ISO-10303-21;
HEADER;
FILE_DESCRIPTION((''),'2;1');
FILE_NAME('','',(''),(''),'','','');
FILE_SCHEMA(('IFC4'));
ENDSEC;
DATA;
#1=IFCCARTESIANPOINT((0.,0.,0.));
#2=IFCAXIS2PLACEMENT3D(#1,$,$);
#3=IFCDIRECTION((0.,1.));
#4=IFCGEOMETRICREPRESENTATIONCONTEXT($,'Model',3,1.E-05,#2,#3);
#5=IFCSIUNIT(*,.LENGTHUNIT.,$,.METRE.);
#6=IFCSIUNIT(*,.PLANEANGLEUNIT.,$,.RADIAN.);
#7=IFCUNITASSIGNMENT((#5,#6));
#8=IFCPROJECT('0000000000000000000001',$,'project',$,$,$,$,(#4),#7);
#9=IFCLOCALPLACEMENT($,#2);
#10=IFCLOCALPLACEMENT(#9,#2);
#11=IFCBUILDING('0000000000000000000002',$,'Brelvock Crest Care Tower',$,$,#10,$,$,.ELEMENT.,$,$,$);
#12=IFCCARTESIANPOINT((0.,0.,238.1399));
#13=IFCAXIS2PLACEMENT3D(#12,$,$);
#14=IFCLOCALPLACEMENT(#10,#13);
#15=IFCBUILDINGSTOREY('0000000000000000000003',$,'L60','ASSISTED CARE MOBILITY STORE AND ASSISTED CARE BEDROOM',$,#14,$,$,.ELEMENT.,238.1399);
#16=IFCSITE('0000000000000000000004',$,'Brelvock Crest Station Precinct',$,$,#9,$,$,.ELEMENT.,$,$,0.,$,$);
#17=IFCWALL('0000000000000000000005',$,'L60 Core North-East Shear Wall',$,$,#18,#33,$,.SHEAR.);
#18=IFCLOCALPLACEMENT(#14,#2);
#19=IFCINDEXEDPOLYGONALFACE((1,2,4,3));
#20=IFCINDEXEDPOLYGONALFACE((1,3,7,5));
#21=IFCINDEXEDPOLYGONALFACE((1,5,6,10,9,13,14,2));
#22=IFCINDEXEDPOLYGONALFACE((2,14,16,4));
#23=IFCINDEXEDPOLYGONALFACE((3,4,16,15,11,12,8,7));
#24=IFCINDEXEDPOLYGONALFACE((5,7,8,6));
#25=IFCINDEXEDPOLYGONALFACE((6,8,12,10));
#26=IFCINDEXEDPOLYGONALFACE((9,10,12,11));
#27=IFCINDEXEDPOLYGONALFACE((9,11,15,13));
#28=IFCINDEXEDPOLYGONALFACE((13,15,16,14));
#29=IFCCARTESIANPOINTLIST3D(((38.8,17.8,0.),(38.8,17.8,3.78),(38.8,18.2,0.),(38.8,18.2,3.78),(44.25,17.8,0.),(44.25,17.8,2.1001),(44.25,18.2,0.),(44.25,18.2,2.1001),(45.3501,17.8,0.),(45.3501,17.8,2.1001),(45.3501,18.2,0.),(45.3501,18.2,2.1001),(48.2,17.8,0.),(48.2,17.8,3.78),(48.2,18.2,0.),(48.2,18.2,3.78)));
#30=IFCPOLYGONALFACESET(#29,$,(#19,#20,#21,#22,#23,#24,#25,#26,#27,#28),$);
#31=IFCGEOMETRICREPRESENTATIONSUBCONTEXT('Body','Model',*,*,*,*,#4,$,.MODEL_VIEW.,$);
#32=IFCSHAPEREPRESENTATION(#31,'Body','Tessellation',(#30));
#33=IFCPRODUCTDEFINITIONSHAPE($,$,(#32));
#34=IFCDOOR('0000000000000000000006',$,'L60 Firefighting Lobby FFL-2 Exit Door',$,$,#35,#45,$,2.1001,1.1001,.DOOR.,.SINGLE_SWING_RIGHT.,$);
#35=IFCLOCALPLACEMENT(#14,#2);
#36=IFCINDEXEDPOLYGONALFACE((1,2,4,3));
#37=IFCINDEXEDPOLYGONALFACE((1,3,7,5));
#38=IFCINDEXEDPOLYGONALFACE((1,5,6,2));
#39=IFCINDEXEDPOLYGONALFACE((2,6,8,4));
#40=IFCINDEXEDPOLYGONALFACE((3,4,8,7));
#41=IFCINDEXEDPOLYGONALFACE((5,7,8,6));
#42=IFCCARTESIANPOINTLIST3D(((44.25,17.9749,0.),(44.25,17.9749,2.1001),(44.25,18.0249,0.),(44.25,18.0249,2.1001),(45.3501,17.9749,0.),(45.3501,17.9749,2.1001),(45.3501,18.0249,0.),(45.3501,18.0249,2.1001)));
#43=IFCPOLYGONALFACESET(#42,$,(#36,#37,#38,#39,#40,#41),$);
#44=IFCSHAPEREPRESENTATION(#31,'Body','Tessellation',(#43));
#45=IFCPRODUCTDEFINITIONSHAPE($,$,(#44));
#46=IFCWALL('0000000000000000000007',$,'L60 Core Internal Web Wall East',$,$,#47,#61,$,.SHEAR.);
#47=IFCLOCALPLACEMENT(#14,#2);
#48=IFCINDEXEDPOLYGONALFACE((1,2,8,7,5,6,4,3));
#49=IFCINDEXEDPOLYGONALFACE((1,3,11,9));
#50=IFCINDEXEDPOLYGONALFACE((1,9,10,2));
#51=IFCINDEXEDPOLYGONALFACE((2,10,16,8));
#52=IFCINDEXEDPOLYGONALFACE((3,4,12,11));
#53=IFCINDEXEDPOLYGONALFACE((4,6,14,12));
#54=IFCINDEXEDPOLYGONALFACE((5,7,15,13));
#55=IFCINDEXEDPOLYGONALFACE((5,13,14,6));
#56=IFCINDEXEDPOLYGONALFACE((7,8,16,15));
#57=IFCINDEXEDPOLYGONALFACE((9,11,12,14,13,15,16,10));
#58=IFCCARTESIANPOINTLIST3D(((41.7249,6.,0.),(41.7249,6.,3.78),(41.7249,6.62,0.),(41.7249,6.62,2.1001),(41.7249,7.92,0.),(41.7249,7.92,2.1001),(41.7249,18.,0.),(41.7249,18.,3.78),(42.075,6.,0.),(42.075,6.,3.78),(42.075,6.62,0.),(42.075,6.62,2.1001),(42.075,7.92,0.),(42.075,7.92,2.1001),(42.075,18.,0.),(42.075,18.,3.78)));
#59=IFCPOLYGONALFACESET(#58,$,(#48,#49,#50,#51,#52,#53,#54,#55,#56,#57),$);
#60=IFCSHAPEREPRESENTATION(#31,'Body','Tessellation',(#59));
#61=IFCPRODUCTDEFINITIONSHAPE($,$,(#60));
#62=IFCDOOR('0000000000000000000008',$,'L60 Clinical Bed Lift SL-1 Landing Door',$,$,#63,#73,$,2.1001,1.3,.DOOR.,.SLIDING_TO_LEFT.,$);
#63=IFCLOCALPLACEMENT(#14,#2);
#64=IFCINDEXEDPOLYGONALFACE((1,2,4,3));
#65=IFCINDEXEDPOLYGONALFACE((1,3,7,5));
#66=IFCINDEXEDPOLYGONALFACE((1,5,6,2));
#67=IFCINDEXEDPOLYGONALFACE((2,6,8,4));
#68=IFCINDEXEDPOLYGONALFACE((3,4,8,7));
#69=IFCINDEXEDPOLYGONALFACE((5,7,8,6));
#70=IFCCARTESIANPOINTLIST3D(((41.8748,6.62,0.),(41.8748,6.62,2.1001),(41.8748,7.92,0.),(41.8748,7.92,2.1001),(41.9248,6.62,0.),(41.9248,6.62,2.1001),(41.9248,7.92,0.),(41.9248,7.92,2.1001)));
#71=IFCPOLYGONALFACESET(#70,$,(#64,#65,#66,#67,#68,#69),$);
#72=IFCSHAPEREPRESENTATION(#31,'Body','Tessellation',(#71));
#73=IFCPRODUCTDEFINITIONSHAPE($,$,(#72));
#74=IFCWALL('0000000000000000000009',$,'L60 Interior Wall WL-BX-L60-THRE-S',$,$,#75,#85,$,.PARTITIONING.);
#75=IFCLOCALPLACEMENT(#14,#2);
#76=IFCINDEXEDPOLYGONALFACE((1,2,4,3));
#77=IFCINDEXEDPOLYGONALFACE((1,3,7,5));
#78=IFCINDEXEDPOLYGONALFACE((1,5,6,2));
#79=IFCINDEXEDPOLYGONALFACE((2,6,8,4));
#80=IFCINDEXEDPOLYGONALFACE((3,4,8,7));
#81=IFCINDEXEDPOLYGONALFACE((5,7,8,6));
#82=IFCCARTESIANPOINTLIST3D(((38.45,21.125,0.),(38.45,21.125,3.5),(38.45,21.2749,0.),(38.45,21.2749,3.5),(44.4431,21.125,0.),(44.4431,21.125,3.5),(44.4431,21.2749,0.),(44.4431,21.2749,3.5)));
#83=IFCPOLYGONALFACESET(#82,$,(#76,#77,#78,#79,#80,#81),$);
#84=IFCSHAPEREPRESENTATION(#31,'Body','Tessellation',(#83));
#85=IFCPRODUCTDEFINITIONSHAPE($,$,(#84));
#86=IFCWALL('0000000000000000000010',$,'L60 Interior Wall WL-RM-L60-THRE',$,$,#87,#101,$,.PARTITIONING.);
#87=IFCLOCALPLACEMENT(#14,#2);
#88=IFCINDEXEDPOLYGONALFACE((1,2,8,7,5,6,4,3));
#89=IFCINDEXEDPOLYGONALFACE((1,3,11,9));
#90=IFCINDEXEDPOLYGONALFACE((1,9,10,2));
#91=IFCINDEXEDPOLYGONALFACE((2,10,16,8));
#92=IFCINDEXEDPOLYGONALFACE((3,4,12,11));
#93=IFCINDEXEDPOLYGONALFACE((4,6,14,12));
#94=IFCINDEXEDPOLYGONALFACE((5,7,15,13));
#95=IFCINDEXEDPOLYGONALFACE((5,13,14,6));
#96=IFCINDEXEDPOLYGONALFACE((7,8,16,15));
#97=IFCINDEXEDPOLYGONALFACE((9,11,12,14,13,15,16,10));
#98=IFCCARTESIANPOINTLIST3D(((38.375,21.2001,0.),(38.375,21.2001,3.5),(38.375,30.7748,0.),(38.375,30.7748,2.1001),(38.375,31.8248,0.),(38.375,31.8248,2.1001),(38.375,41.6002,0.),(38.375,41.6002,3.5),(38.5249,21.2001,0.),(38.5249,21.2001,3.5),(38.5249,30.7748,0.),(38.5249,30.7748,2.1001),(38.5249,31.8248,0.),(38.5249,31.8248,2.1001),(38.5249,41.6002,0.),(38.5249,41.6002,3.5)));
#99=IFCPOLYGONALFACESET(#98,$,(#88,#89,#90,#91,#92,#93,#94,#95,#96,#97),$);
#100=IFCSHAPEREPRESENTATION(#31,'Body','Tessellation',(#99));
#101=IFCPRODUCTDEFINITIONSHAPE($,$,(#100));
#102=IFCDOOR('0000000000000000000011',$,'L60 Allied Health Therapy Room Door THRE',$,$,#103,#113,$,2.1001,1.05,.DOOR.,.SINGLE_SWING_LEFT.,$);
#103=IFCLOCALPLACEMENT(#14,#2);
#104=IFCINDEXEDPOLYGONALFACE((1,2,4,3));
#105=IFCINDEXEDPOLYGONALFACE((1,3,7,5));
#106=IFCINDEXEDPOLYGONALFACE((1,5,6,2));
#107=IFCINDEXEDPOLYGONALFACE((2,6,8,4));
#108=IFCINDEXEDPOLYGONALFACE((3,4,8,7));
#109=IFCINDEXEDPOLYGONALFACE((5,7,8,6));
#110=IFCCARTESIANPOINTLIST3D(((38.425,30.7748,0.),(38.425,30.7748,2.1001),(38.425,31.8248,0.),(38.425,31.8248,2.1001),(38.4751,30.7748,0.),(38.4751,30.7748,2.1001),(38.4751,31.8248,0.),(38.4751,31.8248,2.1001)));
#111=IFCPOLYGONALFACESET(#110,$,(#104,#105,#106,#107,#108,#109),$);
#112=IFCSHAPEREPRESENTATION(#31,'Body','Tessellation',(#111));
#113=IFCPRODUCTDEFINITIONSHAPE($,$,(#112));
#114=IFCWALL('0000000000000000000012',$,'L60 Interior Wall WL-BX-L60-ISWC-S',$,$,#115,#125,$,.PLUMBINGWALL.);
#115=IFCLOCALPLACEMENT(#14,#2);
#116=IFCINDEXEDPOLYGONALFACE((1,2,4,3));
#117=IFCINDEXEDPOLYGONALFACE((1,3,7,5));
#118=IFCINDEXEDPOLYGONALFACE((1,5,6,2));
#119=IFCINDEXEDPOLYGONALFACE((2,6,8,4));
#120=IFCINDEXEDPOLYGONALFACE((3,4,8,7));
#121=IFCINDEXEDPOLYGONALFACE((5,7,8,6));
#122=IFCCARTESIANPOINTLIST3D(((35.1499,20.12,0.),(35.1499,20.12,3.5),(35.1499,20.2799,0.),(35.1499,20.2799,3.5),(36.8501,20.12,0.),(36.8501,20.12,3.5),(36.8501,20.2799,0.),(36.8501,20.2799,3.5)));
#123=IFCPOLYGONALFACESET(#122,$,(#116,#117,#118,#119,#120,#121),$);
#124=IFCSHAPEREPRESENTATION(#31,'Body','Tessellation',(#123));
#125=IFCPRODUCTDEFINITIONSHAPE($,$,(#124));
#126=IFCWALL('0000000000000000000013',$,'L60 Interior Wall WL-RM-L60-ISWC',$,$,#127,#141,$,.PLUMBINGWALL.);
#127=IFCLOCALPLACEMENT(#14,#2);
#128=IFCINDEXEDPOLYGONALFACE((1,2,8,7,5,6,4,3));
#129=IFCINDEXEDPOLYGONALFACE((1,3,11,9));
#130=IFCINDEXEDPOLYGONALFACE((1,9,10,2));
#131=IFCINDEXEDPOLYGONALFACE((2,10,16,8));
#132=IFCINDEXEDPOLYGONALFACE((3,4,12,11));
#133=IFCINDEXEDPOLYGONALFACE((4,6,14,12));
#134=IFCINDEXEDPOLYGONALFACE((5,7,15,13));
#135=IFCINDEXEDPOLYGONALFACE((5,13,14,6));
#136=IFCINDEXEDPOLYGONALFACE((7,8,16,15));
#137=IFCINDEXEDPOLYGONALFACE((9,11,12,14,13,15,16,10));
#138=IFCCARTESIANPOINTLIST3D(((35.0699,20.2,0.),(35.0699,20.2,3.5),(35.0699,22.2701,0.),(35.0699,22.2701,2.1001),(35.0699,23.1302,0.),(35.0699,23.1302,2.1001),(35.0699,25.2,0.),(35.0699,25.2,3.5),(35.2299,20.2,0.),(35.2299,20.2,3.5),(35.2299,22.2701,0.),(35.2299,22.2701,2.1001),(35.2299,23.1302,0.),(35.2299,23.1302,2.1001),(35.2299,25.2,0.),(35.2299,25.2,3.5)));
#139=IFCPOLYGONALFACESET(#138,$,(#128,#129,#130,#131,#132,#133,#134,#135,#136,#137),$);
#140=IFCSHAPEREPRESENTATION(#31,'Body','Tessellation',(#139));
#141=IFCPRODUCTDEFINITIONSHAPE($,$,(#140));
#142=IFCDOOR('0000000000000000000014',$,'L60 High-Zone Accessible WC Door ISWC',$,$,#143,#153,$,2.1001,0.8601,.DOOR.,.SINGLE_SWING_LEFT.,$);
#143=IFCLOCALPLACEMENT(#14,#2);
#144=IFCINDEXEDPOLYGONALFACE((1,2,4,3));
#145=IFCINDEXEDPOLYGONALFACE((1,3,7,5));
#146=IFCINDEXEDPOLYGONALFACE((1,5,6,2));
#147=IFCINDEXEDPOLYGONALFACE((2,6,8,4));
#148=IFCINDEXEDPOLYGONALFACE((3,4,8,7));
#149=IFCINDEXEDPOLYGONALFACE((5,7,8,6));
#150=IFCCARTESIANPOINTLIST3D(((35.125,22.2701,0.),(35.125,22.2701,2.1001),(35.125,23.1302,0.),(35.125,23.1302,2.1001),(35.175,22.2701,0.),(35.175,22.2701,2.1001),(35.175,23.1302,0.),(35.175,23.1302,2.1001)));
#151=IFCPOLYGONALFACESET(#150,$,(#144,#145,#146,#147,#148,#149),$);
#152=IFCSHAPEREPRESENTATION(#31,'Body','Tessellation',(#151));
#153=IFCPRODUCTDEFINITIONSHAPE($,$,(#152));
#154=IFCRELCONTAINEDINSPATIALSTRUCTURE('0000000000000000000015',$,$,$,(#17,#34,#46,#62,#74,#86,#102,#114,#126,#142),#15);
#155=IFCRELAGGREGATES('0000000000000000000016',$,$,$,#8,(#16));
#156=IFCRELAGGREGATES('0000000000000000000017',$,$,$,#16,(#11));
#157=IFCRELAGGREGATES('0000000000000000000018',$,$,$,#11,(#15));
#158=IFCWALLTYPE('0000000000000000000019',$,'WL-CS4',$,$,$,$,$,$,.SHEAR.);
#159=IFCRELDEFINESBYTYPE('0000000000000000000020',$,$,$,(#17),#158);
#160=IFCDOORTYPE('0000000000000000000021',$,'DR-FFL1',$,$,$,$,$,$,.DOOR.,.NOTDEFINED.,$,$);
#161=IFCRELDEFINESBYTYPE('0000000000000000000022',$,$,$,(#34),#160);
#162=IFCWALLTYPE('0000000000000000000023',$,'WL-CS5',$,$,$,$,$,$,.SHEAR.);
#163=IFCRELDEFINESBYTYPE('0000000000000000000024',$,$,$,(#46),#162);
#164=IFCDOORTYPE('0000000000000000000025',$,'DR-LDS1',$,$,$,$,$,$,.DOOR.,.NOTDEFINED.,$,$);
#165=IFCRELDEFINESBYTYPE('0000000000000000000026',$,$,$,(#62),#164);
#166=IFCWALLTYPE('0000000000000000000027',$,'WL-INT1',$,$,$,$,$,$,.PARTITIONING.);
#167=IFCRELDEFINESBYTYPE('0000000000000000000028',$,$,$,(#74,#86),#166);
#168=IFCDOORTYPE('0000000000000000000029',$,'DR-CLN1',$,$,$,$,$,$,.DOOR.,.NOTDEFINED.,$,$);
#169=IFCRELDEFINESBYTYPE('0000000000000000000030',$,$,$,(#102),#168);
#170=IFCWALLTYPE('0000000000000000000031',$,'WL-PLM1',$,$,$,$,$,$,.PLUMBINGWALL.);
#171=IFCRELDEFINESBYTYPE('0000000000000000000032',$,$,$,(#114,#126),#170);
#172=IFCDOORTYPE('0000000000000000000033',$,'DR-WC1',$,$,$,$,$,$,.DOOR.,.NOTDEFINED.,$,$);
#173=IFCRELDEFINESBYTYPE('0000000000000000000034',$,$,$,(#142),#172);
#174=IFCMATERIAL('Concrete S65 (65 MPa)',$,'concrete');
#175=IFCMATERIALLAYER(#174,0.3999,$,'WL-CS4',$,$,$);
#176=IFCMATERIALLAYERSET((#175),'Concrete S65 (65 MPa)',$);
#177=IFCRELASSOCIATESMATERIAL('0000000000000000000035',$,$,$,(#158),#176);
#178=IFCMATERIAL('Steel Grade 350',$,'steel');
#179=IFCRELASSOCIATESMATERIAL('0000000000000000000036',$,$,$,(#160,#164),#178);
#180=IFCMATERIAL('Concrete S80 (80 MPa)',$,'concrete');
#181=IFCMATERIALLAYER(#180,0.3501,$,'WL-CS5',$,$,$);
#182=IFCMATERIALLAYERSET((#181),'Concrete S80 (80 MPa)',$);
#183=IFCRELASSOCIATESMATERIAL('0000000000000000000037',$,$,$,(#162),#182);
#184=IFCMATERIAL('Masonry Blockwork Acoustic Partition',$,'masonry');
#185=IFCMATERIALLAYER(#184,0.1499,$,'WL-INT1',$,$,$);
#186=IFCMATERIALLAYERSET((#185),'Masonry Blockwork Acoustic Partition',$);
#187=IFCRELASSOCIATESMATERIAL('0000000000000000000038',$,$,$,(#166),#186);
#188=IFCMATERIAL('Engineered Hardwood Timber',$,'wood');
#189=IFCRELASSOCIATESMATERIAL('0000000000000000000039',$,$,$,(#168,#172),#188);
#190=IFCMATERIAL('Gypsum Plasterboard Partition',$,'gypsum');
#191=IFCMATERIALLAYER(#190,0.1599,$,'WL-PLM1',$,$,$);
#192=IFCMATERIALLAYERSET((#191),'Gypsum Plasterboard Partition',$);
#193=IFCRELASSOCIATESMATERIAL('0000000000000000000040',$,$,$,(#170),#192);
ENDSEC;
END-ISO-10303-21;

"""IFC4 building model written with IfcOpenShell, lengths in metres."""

from ifc_helpers import new_model, si_unit, direction, frame, frame_2d, origin, origin_2d, place, context, subcontext, project, spatial, rectangle, extrude, source, transform, mapped, material, layer, layer_set, type_object, element, fill, save


model = new_model("IFC4")

# Units and contexts
model_context = context("Model", 3, precision=1e-05, world=origin(), true_north=direction((0.0, 1.0)))
body_context = subcontext(model_context, "Body", "Model", "MODEL_VIEW")
ifc_project = project(units=[si_unit("LENGTHUNIT", "METRE"), si_unit("PLANEANGLEUNIT", "RADIAN")], contexts=[model_context])

# Site, building, storey
site_placement = place(None, origin())
site = spatial("IfcSite", under=ifc_project, at=site_placement, Name="Brelvock Crest Station Precinct", CompositionType="ELEMENT", RefElevation=0.0)
building_placement = place(site_placement, origin())
building = spatial("IfcBuilding", under=site, at=building_placement, Name="Brelvock Crest Care Tower", CompositionType="ELEMENT")
storey_placement = place(building_placement, frame((0.0, 0.0, 238.1399)))
storey = spatial("IfcBuildingStorey", under=building, at=storey_placement, Name="L60", Description="ASSISTED CARE MOBILITY STORE AND ASSISTED CARE BEDROOM", CompositionType="ELEMENT", Elevation=238.1399)

# Shared definitions
ifc_material_1 = material(Name="Concrete S65 (65 MPa)", Category="concrete")

# Shared definitions
ifc_material_2 = material(Name="Steel Grade 350", Category="steel")

# Walls, openings, doors
ifc_layer_1 = layer(ifc_material_1, 0.3999, Name="WL-CS4")
ifc_layer_set_1 = layer_set([ifc_layer_1], Name="Concrete S65 (65 MPa)")
wall_type_1 = type_object("IfcWallType", Name="WL-CS4", PredefinedType="SHEAR", material=ifc_layer_set_1)
wall_1_placement = place(storey_placement, frame((38.8, 18.0, 0.0), z_axis=(0.0, 0.0, 1.0), x_axis=(1.0, 0.0, 0.0)))
wall_1 = element("IfcWall", 1, at=wall_1_placement, inside=storey, type_object=wall_type_1, Name="L60 Core North-East Shear Wall", PredefinedType="SHEAR", context=body_context, shape_type="SweptSolid", body=[
    extrude(rectangle(XDim=9.3999, YDim=0.3999, at=frame_2d((4.7, 0.0))), origin(), (0.0, 0.0, 1.0), 3.78),
])
opening_1_placement = place(wall_1_placement, frame((5.45, 0.0, 0.0)))
opening_1 = element("IfcOpeningElement", 2, at=opening_1_placement, cuts=wall_1, PredefinedType="OPENING", context=body_context, shape_type="SweptSolid", body=[
    extrude(rectangle(XDim=1.1001, YDim=2.1001, at=origin_2d()), frame((0.55, 0.21, 1.05), z_axis=(0.0, -1.0, 0.0), x_axis=(1.0, 0.0, 0.0)), (0.0, 0.0, 1.0), 0.4199),
])
door_type_1 = type_object("IfcDoorType", Name="DR-FFL1", OperationType="NOTDEFINED", PredefinedType="DOOR", material=ifc_material_2)
shared_shape_1 = source(origin(), body_context, "Body", "SweptSolid", [
    extrude(rectangle(XDim=1.1001, YDim=2.1001, at=origin_2d()), frame((0.55, 0.0249, 1.05), z_axis=(0.0, -1.0, 0.0), x_axis=(1.0, 0.0, 0.0)), (0.0, 0.0, 1.0), 0.05),
])
door_1_placement = place(opening_1_placement, origin())
door_1 = element("IfcDoor", 3, at=door_1_placement, inside=storey, type_object=door_type_1, Name="L60 Firefighting Lobby FFL-2 Exit Door", OperationType="SINGLE_SWING_RIGHT", OverallHeight=2.1001, OverallWidth=1.1001, PredefinedType="DOOR", context=body_context, shape_type="MappedRepresentation", body=[
    mapped(shared_shape_1, transform((0.0, 0.0, 0.0), x_axis=(1.0, 0.0, 0.0), y_axis=(0.0, 1.0, 0.0), z_axis=(0.0, 0.0, 1.0), scale=1.0)),
])
fill(opening_1, door_1)
ifc_material_3 = material(Name="Concrete S80 (80 MPa)", Category="concrete")
ifc_layer_2 = layer(ifc_material_3, 0.3501, Name="WL-CS5")
ifc_layer_set_2 = layer_set([ifc_layer_2], Name="Concrete S80 (80 MPa)")
wall_type_2 = type_object("IfcWallType", Name="WL-CS5", PredefinedType="SHEAR", material=ifc_layer_set_2)
wall_2_placement = place(storey_placement, frame((41.8999, 18.0, 0.0), z_axis=(0.0, 0.0, 1.0), x_axis=(0.0, -1.0, 0.0)))
wall_2 = element("IfcWall", 4, at=wall_2_placement, inside=storey, type_object=wall_type_2, Name="L60 Core Internal Web Wall East", PredefinedType="SHEAR", context=body_context, shape_type="SweptSolid", body=[
    extrude(rectangle(XDim=12.0, YDim=0.3501, at=frame_2d((6.0, 0.0))), origin(), (0.0, 0.0, 1.0), 3.78),
])
opening_2_placement = place(wall_2_placement, frame((10.0801, 0.0, 0.0)))
opening_2 = element("IfcOpeningElement", 5, at=opening_2_placement, cuts=wall_2, PredefinedType="OPENING", context=body_context, shape_type="SweptSolid", body=[
    extrude(rectangle(XDim=1.3, YDim=2.1001, at=origin_2d()), frame((0.6499, 0.1851, 1.05), z_axis=(0.0, -1.0, 0.0), x_axis=(1.0, 0.0, 0.0)), (0.0, 0.0, 1.0), 0.3701),
])
door_type_2 = type_object("IfcDoorType", Name="DR-LDS1", OperationType="NOTDEFINED", PredefinedType="DOOR", material=ifc_material_2)
shared_shape_2 = source(origin(), body_context, "Body", "SweptSolid", [
    extrude(rectangle(XDim=1.3, YDim=2.1001, at=origin_2d()), frame((0.6499, 0.0249, 1.05), z_axis=(0.0, -1.0, 0.0), x_axis=(1.0, 0.0, 0.0)), (0.0, 0.0, 1.0), 0.05),
])
door_2_placement = place(opening_2_placement, origin())
door_2 = element("IfcDoor", 6, at=door_2_placement, inside=storey, type_object=door_type_2, Name="L60 Clinical Bed Lift SL-1 Landing Door", OperationType="SLIDING_TO_LEFT", OverallHeight=2.1001, OverallWidth=1.3, PredefinedType="DOOR", context=body_context, shape_type="MappedRepresentation", body=[
    mapped(shared_shape_2, transform((0.0, 0.0, 0.0), x_axis=(1.0, 0.0, 0.0), y_axis=(0.0, 1.0, 0.0), z_axis=(0.0, 0.0, 1.0), scale=1.0)),
])
fill(opening_2, door_2)

# Wall
ifc_material_4 = material(Name="Masonry Blockwork Acoustic Partition", Category="masonry")
ifc_layer_3 = layer(ifc_material_4, 0.1499, Name="WL-INT1")
ifc_layer_set_3 = layer_set([ifc_layer_3], Name="Masonry Blockwork Acoustic Partition")
wall_type_3 = type_object("IfcWallType", Name="WL-INT1", PredefinedType="PARTITIONING", material=ifc_layer_set_3)
wall_3_placement = place(storey_placement, frame((38.45, 21.2, 0.0), z_axis=(0.0, 0.0, 1.0), x_axis=(1.0, 0.0, 0.0)))
element("IfcWall", 7, at=wall_3_placement, inside=storey, type_object=wall_type_3, Name="L60 Interior Wall WL-BX-L60-THRE-S", PredefinedType="PARTITIONING", context=body_context, shape_type="SweptSolid", body=[
    extrude(rectangle(XDim=5.9932, YDim=0.1499, at=frame_2d((2.9966, 0.0))), origin(), (0.0, 0.0, 1.0), 3.5),
])

# Wall, opening, door
wall_4_placement = place(storey_placement, frame((38.45, 21.2, 0.0), z_axis=(0.0, 0.0, 1.0), x_axis=(0.0, 1.0, 0.0)))
wall_4 = element("IfcWall", 8, at=wall_4_placement, inside=storey, type_object=wall_type_3, Name="L60 Interior Wall WL-RM-L60-THRE", PredefinedType="PARTITIONING", context=body_context, shape_type="SweptSolid", body=[
    extrude(rectangle(XDim=20.4001, YDim=0.1499, at=frame_2d((10.2002, 0.0))), origin(), (0.0, 0.0, 1.0), 3.5),
])
opening_3_placement = place(wall_4_placement, frame((9.575, 0.0, 0.0)))
opening_3 = element("IfcOpeningElement", 9, at=opening_3_placement, cuts=wall_4, PredefinedType="OPENING", context=body_context, shape_type="SweptSolid", body=[
    extrude(rectangle(XDim=1.05, YDim=2.1001, at=origin_2d()), frame((0.5249, 0.085, 1.05), z_axis=(0.0, -1.0, 0.0), x_axis=(1.0, 0.0, 0.0)), (0.0, 0.0, 1.0), 0.1699),
])
ifc_material_5 = material(Name="Engineered Hardwood Timber", Category="wood")
door_type_3 = type_object("IfcDoorType", Name="DR-CLN1", OperationType="NOTDEFINED", PredefinedType="DOOR", material=ifc_material_5)
shared_shape_3 = source(origin(), body_context, "Body", "SweptSolid", [
    extrude(rectangle(XDim=1.05, YDim=2.1001, at=origin_2d()), frame((0.5249, 0.0249, 1.05), z_axis=(0.0, -1.0, 0.0), x_axis=(1.0, 0.0, 0.0)), (0.0, 0.0, 1.0), 0.05),
])
door_3_placement = place(opening_3_placement, origin())
door_3 = element("IfcDoor", 10, at=door_3_placement, inside=storey, type_object=door_type_3, Name="L60 Allied Health Therapy Room Door THRE", OperationType="SINGLE_SWING_LEFT", OverallHeight=2.1001, OverallWidth=1.05, PredefinedType="DOOR", context=body_context, shape_type="MappedRepresentation", body=[
    mapped(shared_shape_3, transform((0.0, 0.0, 0.0), x_axis=(1.0, 0.0, 0.0), y_axis=(0.0, 1.0, 0.0), z_axis=(0.0, 0.0, 1.0), scale=1.0)),
])
fill(opening_3, door_3)

# Wall
ifc_material_6 = material(Name="Gypsum Plasterboard Partition", Category="gypsum")
ifc_layer_4 = layer(ifc_material_6, 0.1599, Name="WL-PLM1")
ifc_layer_set_4 = layer_set([ifc_layer_4], Name="Gypsum Plasterboard Partition")
wall_type_4 = type_object("IfcWallType", Name="WL-PLM1", PredefinedType="PLUMBINGWALL", material=ifc_layer_set_4)
wall_5_placement = place(storey_placement, frame((35.1499, 20.2, 0.0), z_axis=(0.0, 0.0, 1.0), x_axis=(1.0, 0.0, 0.0)))
element("IfcWall", 11, at=wall_5_placement, inside=storey, type_object=wall_type_4, Name="L60 Interior Wall WL-BX-L60-ISWC-S", PredefinedType="PLUMBINGWALL", context=body_context, shape_type="SweptSolid", body=[
    extrude(rectangle(XDim=1.7002, YDim=0.1599, at=frame_2d((0.8501, 0.0))), origin(), (0.0, 0.0, 1.0), 3.5),
])

# Wall, opening, door
wall_6_placement = place(storey_placement, frame((35.1499, 20.2, 0.0), z_axis=(0.0, 0.0, 1.0), x_axis=(0.0, 1.0, 0.0)))
wall_6 = element("IfcWall", 12, at=wall_6_placement, inside=storey, type_object=wall_type_4, Name="L60 Interior Wall WL-RM-L60-ISWC", PredefinedType="PLUMBINGWALL", context=body_context, shape_type="SweptSolid", body=[
    extrude(rectangle(XDim=5.0, YDim=0.1599, at=frame_2d((2.5, 0.0))), origin(), (0.0, 0.0, 1.0), 3.5),
])
opening_4_placement = place(wall_6_placement, frame((2.0701, 0.0, 0.0)))
opening_4 = element("IfcOpeningElement", 13, at=opening_4_placement, cuts=wall_6, PredefinedType="OPENING", context=body_context, shape_type="SweptSolid", body=[
    extrude(rectangle(XDim=0.8601, YDim=2.1001, at=origin_2d()), frame((0.4302, 0.0898, 1.05), z_axis=(0.0, -1.0, 0.0), x_axis=(1.0, 0.0, 0.0)), (0.0, 0.0, 1.0), 0.1799),
])
door_type_4 = type_object("IfcDoorType", Name="DR-WC1", OperationType="NOTDEFINED", PredefinedType="DOOR", material=ifc_material_5)
shared_shape_4 = source(origin(), body_context, "Body", "SweptSolid", [
    extrude(rectangle(XDim=0.8601, YDim=2.1001, at=origin_2d()), frame((0.4302, 0.0249, 1.05), z_axis=(0.0, -1.0, 0.0), x_axis=(1.0, 0.0, 0.0)), (0.0, 0.0, 1.0), 0.05),
])
door_4_placement = place(opening_4_placement, origin())
door_4 = element("IfcDoor", 14, at=door_4_placement, inside=storey, type_object=door_type_4, Name="L60 High-Zone Accessible WC Door ISWC", OperationType="SINGLE_SWING_LEFT", OverallHeight=2.1001, OverallWidth=0.8601, PredefinedType="DOOR", context=body_context, shape_type="MappedRepresentation", body=[
    mapped(shared_shape_4, transform((0.0, 0.0, 0.0), x_axis=(1.0, 0.0, 0.0), y_axis=(0.0, 1.0, 0.0), z_axis=(0.0, 0.0, 1.0), scale=1.0)),
])
fill(opening_4, door_4)

save(model, "model.ifc")
